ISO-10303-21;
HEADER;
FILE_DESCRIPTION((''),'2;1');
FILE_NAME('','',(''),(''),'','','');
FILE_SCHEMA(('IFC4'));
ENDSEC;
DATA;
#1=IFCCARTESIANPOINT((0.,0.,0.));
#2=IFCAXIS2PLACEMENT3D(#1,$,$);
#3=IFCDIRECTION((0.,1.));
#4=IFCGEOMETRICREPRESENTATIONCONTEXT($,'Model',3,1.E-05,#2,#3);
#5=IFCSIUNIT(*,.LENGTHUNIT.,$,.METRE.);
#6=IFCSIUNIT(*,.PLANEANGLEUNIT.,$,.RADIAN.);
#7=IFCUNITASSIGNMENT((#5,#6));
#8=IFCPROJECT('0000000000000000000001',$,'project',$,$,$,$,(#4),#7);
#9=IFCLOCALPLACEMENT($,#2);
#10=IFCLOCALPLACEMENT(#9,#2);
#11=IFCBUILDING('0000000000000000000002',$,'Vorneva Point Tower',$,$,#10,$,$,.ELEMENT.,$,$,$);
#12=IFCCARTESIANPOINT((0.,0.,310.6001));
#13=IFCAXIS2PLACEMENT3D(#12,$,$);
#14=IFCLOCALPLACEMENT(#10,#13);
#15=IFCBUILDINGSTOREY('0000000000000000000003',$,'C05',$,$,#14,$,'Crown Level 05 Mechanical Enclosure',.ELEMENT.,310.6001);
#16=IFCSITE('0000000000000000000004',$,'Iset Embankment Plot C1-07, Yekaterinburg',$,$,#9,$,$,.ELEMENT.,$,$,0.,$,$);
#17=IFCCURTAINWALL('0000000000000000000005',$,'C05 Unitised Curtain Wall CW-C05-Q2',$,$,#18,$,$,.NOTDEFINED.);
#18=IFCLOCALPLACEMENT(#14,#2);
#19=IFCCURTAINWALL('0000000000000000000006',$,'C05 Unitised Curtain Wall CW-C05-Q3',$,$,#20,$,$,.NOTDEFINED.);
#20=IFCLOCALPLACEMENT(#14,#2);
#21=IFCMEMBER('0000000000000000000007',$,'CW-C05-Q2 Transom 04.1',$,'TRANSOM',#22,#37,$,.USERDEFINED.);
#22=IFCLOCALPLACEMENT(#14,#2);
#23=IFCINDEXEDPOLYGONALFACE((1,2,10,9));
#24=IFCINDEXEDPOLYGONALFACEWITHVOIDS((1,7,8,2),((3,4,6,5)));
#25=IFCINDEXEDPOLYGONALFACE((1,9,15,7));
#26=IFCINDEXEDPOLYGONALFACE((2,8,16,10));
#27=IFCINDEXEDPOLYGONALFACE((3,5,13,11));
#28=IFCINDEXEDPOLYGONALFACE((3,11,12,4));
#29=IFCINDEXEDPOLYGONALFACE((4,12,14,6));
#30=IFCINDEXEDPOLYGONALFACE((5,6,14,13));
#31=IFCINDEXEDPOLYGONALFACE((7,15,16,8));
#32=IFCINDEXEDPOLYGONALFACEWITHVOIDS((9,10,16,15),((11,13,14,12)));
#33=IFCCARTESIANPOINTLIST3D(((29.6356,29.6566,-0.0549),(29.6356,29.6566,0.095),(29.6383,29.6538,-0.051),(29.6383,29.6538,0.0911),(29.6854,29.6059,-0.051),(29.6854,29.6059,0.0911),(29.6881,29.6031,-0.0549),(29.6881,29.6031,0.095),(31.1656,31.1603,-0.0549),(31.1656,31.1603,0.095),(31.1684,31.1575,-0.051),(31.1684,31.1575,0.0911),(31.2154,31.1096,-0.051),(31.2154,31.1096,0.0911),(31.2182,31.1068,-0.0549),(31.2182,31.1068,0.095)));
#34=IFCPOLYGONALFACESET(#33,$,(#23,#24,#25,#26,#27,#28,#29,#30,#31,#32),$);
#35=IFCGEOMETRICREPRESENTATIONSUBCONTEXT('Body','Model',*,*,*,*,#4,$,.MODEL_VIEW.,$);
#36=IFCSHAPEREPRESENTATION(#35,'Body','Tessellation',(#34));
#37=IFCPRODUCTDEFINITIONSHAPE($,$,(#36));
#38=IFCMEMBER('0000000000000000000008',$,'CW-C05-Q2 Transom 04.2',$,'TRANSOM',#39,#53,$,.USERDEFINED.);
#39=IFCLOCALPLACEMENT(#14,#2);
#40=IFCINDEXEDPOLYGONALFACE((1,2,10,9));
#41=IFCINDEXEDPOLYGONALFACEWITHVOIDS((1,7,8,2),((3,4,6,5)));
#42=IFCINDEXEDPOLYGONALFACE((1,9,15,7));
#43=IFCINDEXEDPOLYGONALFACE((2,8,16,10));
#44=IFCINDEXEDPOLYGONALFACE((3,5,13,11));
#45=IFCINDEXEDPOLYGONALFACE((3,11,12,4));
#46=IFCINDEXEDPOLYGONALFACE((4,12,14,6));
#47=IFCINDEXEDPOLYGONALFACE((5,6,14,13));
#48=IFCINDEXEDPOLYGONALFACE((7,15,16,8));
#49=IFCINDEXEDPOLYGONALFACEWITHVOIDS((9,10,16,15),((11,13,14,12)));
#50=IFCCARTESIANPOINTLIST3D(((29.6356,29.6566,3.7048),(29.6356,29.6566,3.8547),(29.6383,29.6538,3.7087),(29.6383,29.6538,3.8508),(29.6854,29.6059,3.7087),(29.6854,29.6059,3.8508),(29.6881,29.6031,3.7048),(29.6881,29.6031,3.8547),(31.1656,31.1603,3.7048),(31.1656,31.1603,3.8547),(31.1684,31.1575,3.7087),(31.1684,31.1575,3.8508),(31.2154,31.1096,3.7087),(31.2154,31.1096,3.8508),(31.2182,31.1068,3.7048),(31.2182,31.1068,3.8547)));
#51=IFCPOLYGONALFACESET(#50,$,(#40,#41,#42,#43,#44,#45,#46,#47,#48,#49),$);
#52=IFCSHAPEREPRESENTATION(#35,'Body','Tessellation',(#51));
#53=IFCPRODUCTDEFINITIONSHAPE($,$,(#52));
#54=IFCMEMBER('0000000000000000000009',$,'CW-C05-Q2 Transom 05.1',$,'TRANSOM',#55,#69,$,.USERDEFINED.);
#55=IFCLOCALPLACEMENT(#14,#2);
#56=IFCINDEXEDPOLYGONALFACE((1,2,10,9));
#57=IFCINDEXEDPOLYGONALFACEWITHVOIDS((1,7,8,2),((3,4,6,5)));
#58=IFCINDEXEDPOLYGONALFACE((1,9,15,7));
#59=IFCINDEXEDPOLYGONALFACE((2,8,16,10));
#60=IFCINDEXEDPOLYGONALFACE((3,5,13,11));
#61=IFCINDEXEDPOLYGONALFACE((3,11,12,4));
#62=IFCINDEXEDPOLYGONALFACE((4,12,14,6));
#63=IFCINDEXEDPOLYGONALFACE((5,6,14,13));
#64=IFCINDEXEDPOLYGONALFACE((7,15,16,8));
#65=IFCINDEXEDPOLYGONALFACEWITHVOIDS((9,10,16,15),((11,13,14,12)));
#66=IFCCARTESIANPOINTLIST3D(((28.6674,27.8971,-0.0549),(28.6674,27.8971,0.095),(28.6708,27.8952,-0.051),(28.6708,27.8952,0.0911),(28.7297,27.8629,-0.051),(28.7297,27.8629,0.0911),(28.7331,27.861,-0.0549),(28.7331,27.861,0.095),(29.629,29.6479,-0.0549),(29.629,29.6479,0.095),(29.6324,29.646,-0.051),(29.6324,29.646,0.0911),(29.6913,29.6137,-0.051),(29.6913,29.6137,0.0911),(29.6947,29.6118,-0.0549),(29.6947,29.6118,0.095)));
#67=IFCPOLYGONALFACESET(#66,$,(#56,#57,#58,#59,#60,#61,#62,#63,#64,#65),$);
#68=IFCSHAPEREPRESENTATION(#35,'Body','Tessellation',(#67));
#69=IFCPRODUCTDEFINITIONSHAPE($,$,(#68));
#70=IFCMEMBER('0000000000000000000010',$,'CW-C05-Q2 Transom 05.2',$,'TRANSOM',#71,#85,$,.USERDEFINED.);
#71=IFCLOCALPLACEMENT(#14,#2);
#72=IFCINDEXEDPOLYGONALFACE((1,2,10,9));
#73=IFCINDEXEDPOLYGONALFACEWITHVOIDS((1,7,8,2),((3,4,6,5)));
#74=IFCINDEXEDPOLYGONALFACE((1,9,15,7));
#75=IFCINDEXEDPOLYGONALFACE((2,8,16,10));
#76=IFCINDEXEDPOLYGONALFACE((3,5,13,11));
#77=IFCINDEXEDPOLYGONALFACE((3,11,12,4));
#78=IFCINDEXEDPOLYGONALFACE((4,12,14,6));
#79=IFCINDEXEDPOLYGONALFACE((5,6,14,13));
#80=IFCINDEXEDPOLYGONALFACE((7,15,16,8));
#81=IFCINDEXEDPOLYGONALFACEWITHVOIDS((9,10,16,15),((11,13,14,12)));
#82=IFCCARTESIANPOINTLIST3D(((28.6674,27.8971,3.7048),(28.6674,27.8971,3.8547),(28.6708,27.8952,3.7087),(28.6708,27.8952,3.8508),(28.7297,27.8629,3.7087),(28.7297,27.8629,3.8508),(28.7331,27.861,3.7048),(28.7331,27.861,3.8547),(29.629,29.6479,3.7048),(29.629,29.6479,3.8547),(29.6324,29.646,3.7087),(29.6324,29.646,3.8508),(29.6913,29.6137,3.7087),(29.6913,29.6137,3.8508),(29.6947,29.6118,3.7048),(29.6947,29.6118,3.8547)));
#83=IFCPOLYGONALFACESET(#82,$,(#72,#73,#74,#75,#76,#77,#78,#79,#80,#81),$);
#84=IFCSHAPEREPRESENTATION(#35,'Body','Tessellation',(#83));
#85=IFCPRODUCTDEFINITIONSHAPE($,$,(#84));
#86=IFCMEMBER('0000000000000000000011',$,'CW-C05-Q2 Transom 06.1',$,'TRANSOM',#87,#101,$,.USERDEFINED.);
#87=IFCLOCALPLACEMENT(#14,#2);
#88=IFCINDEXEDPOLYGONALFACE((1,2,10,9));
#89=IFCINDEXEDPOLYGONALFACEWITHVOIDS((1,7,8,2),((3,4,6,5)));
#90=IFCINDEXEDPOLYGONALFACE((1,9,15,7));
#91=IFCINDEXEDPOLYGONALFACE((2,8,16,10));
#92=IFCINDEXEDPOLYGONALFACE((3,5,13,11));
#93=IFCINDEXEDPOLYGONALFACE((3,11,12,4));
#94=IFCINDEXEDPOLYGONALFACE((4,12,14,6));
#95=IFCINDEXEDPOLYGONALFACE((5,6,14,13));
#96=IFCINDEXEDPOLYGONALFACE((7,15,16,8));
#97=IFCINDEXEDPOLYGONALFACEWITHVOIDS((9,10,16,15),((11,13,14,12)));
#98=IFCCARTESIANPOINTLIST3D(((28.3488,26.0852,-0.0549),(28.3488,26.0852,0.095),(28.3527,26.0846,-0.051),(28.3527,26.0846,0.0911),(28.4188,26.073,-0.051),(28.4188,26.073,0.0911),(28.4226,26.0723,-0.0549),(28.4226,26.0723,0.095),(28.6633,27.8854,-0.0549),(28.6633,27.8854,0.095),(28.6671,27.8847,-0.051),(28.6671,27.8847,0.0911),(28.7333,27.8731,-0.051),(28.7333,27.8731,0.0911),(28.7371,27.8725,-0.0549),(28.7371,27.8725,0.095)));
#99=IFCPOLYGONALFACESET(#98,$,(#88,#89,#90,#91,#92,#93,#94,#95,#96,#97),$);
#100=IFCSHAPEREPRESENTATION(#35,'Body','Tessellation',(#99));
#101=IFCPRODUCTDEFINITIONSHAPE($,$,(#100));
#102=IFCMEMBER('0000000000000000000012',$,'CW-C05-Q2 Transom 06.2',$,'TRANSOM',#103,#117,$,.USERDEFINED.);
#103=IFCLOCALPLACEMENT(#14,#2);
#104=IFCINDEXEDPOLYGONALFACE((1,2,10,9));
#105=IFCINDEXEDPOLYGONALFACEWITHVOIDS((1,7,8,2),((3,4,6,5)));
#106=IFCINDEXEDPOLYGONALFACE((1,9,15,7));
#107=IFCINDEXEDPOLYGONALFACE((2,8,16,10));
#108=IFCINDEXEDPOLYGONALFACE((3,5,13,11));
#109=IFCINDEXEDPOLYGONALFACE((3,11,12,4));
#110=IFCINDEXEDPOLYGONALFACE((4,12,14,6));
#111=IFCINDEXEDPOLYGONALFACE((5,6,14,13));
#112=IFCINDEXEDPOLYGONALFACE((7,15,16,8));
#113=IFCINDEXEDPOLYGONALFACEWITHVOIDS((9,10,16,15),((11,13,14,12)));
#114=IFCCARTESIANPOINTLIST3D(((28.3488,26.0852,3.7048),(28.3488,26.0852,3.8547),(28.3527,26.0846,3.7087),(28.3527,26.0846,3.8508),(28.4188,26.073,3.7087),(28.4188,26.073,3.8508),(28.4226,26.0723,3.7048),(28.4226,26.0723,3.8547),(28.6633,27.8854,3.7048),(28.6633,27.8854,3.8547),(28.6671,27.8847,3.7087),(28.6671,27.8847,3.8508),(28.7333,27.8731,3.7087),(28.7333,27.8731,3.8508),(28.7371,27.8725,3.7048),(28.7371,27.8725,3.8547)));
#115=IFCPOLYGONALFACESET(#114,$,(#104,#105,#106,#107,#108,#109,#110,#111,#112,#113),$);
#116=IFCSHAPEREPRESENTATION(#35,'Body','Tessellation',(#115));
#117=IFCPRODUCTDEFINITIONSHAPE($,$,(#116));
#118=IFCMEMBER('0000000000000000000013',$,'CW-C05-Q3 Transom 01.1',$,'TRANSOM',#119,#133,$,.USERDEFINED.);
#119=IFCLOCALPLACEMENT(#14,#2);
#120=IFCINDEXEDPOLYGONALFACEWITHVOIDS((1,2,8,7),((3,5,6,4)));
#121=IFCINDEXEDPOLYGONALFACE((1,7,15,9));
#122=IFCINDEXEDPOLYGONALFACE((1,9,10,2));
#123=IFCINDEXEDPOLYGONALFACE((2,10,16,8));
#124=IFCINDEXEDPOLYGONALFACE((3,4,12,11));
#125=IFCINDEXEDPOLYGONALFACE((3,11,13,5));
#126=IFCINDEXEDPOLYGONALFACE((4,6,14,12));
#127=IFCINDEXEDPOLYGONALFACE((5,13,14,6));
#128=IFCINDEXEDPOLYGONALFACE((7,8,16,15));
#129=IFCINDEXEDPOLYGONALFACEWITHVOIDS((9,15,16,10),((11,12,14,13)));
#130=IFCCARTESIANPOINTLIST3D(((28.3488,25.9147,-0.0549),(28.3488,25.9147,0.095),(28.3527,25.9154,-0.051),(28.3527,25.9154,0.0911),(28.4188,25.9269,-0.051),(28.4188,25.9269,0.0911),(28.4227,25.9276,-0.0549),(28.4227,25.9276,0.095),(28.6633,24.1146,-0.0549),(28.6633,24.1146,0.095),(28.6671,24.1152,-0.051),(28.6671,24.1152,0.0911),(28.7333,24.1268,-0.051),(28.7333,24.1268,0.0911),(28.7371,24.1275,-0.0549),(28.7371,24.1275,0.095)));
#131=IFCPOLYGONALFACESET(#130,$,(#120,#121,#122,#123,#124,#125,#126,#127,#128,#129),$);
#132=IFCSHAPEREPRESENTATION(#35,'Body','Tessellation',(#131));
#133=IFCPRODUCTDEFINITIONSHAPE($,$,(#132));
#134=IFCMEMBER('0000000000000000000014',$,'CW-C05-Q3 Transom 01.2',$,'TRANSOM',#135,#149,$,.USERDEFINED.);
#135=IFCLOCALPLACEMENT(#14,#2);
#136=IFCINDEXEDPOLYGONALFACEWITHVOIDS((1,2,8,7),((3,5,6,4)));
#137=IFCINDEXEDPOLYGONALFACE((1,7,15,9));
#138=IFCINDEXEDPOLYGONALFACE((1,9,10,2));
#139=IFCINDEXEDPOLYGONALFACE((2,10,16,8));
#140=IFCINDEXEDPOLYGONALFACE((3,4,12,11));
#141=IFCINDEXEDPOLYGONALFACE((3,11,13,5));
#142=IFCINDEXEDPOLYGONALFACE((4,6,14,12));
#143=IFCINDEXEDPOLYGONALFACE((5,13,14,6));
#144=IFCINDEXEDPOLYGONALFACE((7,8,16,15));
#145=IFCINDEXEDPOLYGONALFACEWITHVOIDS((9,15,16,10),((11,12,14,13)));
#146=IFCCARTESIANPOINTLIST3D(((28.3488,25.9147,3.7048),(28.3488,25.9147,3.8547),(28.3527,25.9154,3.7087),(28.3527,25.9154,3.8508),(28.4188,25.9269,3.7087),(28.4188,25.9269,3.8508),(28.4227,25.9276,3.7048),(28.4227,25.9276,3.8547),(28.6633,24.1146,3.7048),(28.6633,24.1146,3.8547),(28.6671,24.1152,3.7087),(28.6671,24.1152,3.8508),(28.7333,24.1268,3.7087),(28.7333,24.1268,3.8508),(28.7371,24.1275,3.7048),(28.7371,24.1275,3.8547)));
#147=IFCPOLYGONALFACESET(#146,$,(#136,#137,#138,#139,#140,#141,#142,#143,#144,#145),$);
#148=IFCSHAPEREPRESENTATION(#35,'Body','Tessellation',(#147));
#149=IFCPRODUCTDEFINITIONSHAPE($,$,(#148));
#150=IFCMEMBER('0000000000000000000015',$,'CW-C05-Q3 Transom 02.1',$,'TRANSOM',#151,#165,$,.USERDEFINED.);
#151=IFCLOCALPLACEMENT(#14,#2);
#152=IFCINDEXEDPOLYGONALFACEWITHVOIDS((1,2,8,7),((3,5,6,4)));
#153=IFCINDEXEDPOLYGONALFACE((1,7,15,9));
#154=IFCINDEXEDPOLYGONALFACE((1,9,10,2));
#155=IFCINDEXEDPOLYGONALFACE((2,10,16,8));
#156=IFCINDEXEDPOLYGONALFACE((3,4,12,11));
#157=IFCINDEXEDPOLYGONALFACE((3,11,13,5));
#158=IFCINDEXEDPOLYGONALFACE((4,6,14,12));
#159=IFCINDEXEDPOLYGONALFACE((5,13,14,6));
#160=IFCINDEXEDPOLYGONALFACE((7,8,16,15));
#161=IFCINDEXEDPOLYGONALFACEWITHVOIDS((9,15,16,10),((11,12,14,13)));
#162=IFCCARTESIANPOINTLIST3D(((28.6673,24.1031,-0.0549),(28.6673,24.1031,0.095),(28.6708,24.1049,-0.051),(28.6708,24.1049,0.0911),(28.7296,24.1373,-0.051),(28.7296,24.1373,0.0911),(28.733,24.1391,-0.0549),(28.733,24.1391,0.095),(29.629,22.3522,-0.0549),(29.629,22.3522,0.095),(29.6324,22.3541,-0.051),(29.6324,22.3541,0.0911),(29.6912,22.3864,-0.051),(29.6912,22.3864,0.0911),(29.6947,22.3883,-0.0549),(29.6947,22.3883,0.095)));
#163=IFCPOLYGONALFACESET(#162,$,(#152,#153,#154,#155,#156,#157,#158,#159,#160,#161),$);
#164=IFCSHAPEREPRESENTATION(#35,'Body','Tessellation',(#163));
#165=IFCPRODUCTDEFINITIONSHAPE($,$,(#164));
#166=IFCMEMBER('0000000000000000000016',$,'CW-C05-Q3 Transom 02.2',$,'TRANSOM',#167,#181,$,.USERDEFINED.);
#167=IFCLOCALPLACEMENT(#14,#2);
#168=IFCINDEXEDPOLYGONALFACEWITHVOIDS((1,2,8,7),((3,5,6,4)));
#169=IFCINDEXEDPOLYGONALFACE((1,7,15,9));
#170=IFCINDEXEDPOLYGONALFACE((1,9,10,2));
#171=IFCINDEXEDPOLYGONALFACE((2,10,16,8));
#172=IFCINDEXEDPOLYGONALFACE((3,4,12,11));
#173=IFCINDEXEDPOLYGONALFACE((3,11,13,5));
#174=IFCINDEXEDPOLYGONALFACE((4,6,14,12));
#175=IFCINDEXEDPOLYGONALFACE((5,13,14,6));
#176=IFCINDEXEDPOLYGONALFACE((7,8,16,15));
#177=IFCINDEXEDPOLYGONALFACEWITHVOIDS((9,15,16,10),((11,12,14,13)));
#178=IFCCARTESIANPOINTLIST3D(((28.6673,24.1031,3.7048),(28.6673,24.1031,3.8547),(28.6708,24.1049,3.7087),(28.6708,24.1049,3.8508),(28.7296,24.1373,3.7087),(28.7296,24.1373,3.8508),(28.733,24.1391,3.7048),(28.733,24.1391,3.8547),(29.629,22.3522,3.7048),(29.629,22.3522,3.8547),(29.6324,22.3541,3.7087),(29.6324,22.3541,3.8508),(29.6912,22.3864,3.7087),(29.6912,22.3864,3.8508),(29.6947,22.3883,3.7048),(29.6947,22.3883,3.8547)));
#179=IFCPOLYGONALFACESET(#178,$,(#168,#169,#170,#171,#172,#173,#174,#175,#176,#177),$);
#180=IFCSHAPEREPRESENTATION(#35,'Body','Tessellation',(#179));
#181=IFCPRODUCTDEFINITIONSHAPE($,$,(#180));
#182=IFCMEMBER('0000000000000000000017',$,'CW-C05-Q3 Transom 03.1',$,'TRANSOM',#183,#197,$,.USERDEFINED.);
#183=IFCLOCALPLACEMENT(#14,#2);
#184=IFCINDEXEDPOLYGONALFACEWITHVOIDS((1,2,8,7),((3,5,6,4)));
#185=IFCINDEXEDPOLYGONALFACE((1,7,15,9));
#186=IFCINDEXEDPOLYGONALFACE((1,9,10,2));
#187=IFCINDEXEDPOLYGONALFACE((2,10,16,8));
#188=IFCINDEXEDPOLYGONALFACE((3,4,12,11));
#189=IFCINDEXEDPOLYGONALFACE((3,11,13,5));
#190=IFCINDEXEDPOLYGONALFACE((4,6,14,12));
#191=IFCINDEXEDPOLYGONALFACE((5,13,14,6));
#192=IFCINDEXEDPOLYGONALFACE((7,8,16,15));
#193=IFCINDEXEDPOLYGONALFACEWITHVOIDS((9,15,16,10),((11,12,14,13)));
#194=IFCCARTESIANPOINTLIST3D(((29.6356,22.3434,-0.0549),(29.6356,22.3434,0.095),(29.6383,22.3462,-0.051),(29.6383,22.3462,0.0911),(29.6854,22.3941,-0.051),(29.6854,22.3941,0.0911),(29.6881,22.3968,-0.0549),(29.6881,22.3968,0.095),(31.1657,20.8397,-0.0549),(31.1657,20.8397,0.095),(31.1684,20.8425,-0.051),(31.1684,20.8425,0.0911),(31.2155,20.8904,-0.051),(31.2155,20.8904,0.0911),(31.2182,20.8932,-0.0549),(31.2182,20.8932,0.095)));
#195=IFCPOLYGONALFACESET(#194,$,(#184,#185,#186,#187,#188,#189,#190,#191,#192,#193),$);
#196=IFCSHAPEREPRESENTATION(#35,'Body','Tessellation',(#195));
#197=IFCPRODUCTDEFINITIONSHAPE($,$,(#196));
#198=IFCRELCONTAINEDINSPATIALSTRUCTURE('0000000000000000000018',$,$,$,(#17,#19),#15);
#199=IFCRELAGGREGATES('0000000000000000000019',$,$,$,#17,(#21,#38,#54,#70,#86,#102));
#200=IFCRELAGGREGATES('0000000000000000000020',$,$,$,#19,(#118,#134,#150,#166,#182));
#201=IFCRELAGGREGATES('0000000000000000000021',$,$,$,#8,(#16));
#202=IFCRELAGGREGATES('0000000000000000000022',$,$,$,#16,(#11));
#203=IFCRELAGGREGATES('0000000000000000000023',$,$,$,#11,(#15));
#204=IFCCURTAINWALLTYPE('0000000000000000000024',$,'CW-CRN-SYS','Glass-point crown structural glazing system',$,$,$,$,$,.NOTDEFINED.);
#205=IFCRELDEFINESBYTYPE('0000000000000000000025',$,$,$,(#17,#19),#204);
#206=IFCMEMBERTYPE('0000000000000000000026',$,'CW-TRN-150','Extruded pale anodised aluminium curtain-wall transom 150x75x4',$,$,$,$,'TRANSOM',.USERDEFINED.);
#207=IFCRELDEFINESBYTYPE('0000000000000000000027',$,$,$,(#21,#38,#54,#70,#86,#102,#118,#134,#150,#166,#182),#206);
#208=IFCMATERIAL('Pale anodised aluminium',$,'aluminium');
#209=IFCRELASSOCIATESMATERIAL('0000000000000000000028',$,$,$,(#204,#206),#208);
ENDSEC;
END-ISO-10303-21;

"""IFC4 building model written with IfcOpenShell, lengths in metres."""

from ifc_helpers import new_model, si_unit, direction, frame, origin, origin_2d, place, context, subcontext, project, spatial, hollow_rectangle, extrude, material, material_profile, profile_set, type_object, element, aggregate, save


model = new_model("IFC4")

# Units and contexts
model_context = context("Model", 3, precision=1e-05, world=origin(), true_north=direction((0.0, 1.0)))
body_context = subcontext(model_context, "Body", "Model", "MODEL_VIEW")
ifc_project = project(units=[si_unit("LENGTHUNIT", "METRE"), si_unit("PLANEANGLEUNIT", "RADIAN")], contexts=[model_context])

# Site, building, storey
site_placement = place(None, origin())
site = spatial("IfcSite", under=ifc_project, at=site_placement, Name="Iset Embankment Plot C1-07, Yekaterinburg", CompositionType="ELEMENT", RefElevation=0.0)
building_placement = place(site_placement, origin())
building = spatial("IfcBuilding", under=site, at=building_placement, Name="Vorneva Point Tower", CompositionType="ELEMENT")
storey_placement = place(building_placement, frame((0.0, 0.0, 310.6001)))
storey = spatial("IfcBuildingStorey", under=building, at=storey_placement, Name="C05", LongName="Crown Level 05 Mechanical Enclosure", CompositionType="ELEMENT", Elevation=310.6001)

# Curtain walls
ifc_material_1 = material(Name="Pale anodised aluminium", Category="aluminium")
curtain_wall_type = type_object("IfcCurtainWallType", Name="CW-CRN-SYS", Description="Glass-point crown structural glazing system", PredefinedType="NOTDEFINED", material=ifc_material_1)
curtain_wall_1_placement = place(storey_placement, origin())
curtain_wall_1 = element("IfcCurtainWall", 1, at=curtain_wall_1_placement, inside=storey, type_object=curtain_wall_type, Name="C05 Unitised Curtain Wall CW-C05-Q2", PredefinedType="NOTDEFINED")
curtain_wall_2_placement = place(storey_placement, origin())
curtain_wall_2 = element("IfcCurtainWall", 2, at=curtain_wall_2_placement, inside=storey, type_object=curtain_wall_type, Name="C05 Unitised Curtain Wall CW-C05-Q3", PredefinedType="NOTDEFINED")

# Members
ifc_material_profile_1 = material_profile(ifc_material_1, hollow_rectangle(XDim=0.075, YDim=0.1499, WallThickness=0.0039, at=origin_2d()), Name="AL-TRN 150x75x4")
ifc_profile_set_1 = profile_set([ifc_material_profile_1], Name="Pale anodised aluminium")
member_type_1 = type_object("IfcMemberType", Name="CW-TRN-150", Description="Extruded pale anodised aluminium curtain-wall transom 150x75x4", ElementType="TRANSOM", PredefinedType="USERDEFINED", material=ifc_profile_set_1)
member_1_placement = place(storey_placement, frame((31.1919, 31.1335, 0.02), z_axis=(-0.713226, -0.700935, 0.0), x_axis=(0.700935, -0.713226, 0.0)))
member_1 = element("IfcMember", 3, at=member_1_placement, type_object=member_type_1, Name="CW-C05-Q2 Transom 04.1", ObjectType="TRANSOM", PredefinedType="USERDEFINED", context=body_context, shape_type="SweptSolid", body=[
    extrude(hollow_rectangle(XDim=0.075, YDim=0.1499, WallThickness=0.0039, at=origin_2d()), origin(), (0.0, 0.0, 1.0), 2.1453),
])
member_2_placement = place(storey_placement, frame((31.1919, 31.1335, 3.7798), z_axis=(-0.713226, -0.700935, 0.0), x_axis=(0.700935, -0.713226, 0.0)))
member_2 = element("IfcMember", 4, at=member_2_placement, type_object=member_type_1, Name="CW-C05-Q2 Transom 04.2", ObjectType="TRANSOM", PredefinedType="USERDEFINED", context=body_context, shape_type="SweptSolid", body=[
    extrude(hollow_rectangle(XDim=0.075, YDim=0.1499, WallThickness=0.0039, at=origin_2d()), origin(), (0.0, 0.0, 1.0), 2.1453),
])
member_3_placement = place(storey_placement, frame((29.6619, 29.6299, 0.02), z_axis=(-0.481393, -0.876505, 0.0), x_axis=(0.876505, -0.481393, 0.0)))
member_3 = element("IfcMember", 5, at=member_3_placement, type_object=member_type_1, Name="CW-C05-Q2 Transom 05.1", ObjectType="TRANSOM", PredefinedType="USERDEFINED", context=body_context, shape_type="SweptSolid", body=[
    extrude(hollow_rectangle(XDim=0.075, YDim=0.1499, WallThickness=0.0039, at=origin_2d()), origin(), (0.0, 0.0, 1.0), 1.9976),
])
member_4_placement = place(storey_placement, frame((29.6619, 29.6299, 3.7798), z_axis=(-0.481393, -0.876505, 0.0), x_axis=(0.876505, -0.481393, 0.0)))
member_4 = element("IfcMember", 6, at=member_4_placement, type_object=member_type_1, Name="CW-C05-Q2 Transom 05.2", ObjectType="TRANSOM", PredefinedType="USERDEFINED", context=body_context, shape_type="SweptSolid", body=[
    extrude(hollow_rectangle(XDim=0.075, YDim=0.1499, WallThickness=0.0039, at=origin_2d()), origin(), (0.0, 0.0, 1.0), 1.9976),
])
member_5_placement = place(storey_placement, frame((28.7002, 27.8789, 0.02), z_axis=(-0.172085, -0.985082, 0.0), x_axis=(0.985082, -0.172085, 0.0)))
member_5 = element("IfcMember", 7, at=member_5_placement, type_object=member_type_1, Name="CW-C05-Q2 Transom 06.1", ObjectType="TRANSOM", PredefinedType="USERDEFINED", context=body_context, shape_type="SweptSolid", body=[
    extrude(hollow_rectangle(XDim=0.075, YDim=0.1499, WallThickness=0.0039, at=origin_2d()), origin(), (0.0, 0.0, 1.0), 1.8274),
])
member_6_placement = place(storey_placement, frame((28.7002, 27.8789, 3.7798), z_axis=(-0.172085, -0.985082, 0.0), x_axis=(0.985082, -0.172085, 0.0)))
member_6 = element("IfcMember", 8, at=member_6_placement, type_object=member_type_1, Name="CW-C05-Q2 Transom 06.2", ObjectType="TRANSOM", PredefinedType="USERDEFINED", context=body_context, shape_type="SweptSolid", body=[
    extrude(hollow_rectangle(XDim=0.075, YDim=0.1499, WallThickness=0.0039, at=origin_2d()), origin(), (0.0, 0.0, 1.0), 1.8274),
])
member_7_placement = place(storey_placement, frame((28.3857, 25.9211, 0.02), z_axis=(0.172085, -0.985082, 0.0), x_axis=(0.985082, 0.172085, 0.0)))
member_7 = element("IfcMember", 9, at=member_7_placement, type_object=member_type_1, Name="CW-C05-Q3 Transom 01.1", ObjectType="TRANSOM", PredefinedType="USERDEFINED", context=body_context, shape_type="SweptSolid", body=[
    extrude(hollow_rectangle(XDim=0.075, YDim=0.1499, WallThickness=0.0039, at=origin_2d()), origin(), (0.0, 0.0, 1.0), 1.8274),
])
member_8_placement = place(storey_placement, frame((28.3857, 25.9211, 3.7798), z_axis=(0.172085, -0.985082, 0.0), x_axis=(0.985082, 0.172085, 0.0)))
member_8 = element("IfcMember", 10, at=member_8_placement, type_object=member_type_1, Name="CW-C05-Q3 Transom 01.2", ObjectType="TRANSOM", PredefinedType="USERDEFINED", context=body_context, shape_type="SweptSolid", body=[
    extrude(hollow_rectangle(XDim=0.075, YDim=0.1499, WallThickness=0.0039, at=origin_2d()), origin(), (0.0, 0.0, 1.0), 1.8274),
])
member_9_placement = place(storey_placement, frame((28.7002, 24.1211, 0.02), z_axis=(0.481393, -0.876505, 0.0), x_axis=(0.876505, 0.481393, 0.0)))
member_9 = element("IfcMember", 11, at=member_9_placement, type_object=member_type_1, Name="CW-C05-Q3 Transom 02.1", ObjectType="TRANSOM", PredefinedType="USERDEFINED", context=body_context, shape_type="SweptSolid", body=[
    extrude(hollow_rectangle(XDim=0.075, YDim=0.1499, WallThickness=0.0039, at=origin_2d()), origin(), (0.0, 0.0, 1.0), 1.9976),
])
member_10_placement = place(storey_placement, frame((28.7002, 24.1211, 3.7798), z_axis=(0.481393, -0.876505, 0.0), x_axis=(0.876505, 0.481393, 0.0)))
member_10 = element("IfcMember", 12, at=member_10_placement, type_object=member_type_1, Name="CW-C05-Q3 Transom 02.2", ObjectType="TRANSOM", PredefinedType="USERDEFINED", context=body_context, shape_type="SweptSolid", body=[
    extrude(hollow_rectangle(XDim=0.075, YDim=0.1499, WallThickness=0.0039, at=origin_2d()), origin(), (0.0, 0.0, 1.0), 1.9976),
])
member_11_placement = place(storey_placement, frame((29.6619, 22.3701, 0.02), z_axis=(0.713226, -0.700935, 0.0), x_axis=(0.700935, 0.713226, 0.0)))
member_11 = element("IfcMember", 13, at=member_11_placement, type_object=member_type_1, Name="CW-C05-Q3 Transom 03.1", ObjectType="TRANSOM", PredefinedType="USERDEFINED", context=body_context, shape_type="SweptSolid", body=[
    extrude(hollow_rectangle(XDim=0.075, YDim=0.1499, WallThickness=0.0039, at=origin_2d()), origin(), (0.0, 0.0, 1.0), 2.1453),
])

aggregate(curtain_wall_1, [member_1, member_2, member_3, member_4, member_5, member_6])
aggregate(curtain_wall_2, [member_7, member_8, member_9, member_10, member_11])

save(model, "model.ifc")
